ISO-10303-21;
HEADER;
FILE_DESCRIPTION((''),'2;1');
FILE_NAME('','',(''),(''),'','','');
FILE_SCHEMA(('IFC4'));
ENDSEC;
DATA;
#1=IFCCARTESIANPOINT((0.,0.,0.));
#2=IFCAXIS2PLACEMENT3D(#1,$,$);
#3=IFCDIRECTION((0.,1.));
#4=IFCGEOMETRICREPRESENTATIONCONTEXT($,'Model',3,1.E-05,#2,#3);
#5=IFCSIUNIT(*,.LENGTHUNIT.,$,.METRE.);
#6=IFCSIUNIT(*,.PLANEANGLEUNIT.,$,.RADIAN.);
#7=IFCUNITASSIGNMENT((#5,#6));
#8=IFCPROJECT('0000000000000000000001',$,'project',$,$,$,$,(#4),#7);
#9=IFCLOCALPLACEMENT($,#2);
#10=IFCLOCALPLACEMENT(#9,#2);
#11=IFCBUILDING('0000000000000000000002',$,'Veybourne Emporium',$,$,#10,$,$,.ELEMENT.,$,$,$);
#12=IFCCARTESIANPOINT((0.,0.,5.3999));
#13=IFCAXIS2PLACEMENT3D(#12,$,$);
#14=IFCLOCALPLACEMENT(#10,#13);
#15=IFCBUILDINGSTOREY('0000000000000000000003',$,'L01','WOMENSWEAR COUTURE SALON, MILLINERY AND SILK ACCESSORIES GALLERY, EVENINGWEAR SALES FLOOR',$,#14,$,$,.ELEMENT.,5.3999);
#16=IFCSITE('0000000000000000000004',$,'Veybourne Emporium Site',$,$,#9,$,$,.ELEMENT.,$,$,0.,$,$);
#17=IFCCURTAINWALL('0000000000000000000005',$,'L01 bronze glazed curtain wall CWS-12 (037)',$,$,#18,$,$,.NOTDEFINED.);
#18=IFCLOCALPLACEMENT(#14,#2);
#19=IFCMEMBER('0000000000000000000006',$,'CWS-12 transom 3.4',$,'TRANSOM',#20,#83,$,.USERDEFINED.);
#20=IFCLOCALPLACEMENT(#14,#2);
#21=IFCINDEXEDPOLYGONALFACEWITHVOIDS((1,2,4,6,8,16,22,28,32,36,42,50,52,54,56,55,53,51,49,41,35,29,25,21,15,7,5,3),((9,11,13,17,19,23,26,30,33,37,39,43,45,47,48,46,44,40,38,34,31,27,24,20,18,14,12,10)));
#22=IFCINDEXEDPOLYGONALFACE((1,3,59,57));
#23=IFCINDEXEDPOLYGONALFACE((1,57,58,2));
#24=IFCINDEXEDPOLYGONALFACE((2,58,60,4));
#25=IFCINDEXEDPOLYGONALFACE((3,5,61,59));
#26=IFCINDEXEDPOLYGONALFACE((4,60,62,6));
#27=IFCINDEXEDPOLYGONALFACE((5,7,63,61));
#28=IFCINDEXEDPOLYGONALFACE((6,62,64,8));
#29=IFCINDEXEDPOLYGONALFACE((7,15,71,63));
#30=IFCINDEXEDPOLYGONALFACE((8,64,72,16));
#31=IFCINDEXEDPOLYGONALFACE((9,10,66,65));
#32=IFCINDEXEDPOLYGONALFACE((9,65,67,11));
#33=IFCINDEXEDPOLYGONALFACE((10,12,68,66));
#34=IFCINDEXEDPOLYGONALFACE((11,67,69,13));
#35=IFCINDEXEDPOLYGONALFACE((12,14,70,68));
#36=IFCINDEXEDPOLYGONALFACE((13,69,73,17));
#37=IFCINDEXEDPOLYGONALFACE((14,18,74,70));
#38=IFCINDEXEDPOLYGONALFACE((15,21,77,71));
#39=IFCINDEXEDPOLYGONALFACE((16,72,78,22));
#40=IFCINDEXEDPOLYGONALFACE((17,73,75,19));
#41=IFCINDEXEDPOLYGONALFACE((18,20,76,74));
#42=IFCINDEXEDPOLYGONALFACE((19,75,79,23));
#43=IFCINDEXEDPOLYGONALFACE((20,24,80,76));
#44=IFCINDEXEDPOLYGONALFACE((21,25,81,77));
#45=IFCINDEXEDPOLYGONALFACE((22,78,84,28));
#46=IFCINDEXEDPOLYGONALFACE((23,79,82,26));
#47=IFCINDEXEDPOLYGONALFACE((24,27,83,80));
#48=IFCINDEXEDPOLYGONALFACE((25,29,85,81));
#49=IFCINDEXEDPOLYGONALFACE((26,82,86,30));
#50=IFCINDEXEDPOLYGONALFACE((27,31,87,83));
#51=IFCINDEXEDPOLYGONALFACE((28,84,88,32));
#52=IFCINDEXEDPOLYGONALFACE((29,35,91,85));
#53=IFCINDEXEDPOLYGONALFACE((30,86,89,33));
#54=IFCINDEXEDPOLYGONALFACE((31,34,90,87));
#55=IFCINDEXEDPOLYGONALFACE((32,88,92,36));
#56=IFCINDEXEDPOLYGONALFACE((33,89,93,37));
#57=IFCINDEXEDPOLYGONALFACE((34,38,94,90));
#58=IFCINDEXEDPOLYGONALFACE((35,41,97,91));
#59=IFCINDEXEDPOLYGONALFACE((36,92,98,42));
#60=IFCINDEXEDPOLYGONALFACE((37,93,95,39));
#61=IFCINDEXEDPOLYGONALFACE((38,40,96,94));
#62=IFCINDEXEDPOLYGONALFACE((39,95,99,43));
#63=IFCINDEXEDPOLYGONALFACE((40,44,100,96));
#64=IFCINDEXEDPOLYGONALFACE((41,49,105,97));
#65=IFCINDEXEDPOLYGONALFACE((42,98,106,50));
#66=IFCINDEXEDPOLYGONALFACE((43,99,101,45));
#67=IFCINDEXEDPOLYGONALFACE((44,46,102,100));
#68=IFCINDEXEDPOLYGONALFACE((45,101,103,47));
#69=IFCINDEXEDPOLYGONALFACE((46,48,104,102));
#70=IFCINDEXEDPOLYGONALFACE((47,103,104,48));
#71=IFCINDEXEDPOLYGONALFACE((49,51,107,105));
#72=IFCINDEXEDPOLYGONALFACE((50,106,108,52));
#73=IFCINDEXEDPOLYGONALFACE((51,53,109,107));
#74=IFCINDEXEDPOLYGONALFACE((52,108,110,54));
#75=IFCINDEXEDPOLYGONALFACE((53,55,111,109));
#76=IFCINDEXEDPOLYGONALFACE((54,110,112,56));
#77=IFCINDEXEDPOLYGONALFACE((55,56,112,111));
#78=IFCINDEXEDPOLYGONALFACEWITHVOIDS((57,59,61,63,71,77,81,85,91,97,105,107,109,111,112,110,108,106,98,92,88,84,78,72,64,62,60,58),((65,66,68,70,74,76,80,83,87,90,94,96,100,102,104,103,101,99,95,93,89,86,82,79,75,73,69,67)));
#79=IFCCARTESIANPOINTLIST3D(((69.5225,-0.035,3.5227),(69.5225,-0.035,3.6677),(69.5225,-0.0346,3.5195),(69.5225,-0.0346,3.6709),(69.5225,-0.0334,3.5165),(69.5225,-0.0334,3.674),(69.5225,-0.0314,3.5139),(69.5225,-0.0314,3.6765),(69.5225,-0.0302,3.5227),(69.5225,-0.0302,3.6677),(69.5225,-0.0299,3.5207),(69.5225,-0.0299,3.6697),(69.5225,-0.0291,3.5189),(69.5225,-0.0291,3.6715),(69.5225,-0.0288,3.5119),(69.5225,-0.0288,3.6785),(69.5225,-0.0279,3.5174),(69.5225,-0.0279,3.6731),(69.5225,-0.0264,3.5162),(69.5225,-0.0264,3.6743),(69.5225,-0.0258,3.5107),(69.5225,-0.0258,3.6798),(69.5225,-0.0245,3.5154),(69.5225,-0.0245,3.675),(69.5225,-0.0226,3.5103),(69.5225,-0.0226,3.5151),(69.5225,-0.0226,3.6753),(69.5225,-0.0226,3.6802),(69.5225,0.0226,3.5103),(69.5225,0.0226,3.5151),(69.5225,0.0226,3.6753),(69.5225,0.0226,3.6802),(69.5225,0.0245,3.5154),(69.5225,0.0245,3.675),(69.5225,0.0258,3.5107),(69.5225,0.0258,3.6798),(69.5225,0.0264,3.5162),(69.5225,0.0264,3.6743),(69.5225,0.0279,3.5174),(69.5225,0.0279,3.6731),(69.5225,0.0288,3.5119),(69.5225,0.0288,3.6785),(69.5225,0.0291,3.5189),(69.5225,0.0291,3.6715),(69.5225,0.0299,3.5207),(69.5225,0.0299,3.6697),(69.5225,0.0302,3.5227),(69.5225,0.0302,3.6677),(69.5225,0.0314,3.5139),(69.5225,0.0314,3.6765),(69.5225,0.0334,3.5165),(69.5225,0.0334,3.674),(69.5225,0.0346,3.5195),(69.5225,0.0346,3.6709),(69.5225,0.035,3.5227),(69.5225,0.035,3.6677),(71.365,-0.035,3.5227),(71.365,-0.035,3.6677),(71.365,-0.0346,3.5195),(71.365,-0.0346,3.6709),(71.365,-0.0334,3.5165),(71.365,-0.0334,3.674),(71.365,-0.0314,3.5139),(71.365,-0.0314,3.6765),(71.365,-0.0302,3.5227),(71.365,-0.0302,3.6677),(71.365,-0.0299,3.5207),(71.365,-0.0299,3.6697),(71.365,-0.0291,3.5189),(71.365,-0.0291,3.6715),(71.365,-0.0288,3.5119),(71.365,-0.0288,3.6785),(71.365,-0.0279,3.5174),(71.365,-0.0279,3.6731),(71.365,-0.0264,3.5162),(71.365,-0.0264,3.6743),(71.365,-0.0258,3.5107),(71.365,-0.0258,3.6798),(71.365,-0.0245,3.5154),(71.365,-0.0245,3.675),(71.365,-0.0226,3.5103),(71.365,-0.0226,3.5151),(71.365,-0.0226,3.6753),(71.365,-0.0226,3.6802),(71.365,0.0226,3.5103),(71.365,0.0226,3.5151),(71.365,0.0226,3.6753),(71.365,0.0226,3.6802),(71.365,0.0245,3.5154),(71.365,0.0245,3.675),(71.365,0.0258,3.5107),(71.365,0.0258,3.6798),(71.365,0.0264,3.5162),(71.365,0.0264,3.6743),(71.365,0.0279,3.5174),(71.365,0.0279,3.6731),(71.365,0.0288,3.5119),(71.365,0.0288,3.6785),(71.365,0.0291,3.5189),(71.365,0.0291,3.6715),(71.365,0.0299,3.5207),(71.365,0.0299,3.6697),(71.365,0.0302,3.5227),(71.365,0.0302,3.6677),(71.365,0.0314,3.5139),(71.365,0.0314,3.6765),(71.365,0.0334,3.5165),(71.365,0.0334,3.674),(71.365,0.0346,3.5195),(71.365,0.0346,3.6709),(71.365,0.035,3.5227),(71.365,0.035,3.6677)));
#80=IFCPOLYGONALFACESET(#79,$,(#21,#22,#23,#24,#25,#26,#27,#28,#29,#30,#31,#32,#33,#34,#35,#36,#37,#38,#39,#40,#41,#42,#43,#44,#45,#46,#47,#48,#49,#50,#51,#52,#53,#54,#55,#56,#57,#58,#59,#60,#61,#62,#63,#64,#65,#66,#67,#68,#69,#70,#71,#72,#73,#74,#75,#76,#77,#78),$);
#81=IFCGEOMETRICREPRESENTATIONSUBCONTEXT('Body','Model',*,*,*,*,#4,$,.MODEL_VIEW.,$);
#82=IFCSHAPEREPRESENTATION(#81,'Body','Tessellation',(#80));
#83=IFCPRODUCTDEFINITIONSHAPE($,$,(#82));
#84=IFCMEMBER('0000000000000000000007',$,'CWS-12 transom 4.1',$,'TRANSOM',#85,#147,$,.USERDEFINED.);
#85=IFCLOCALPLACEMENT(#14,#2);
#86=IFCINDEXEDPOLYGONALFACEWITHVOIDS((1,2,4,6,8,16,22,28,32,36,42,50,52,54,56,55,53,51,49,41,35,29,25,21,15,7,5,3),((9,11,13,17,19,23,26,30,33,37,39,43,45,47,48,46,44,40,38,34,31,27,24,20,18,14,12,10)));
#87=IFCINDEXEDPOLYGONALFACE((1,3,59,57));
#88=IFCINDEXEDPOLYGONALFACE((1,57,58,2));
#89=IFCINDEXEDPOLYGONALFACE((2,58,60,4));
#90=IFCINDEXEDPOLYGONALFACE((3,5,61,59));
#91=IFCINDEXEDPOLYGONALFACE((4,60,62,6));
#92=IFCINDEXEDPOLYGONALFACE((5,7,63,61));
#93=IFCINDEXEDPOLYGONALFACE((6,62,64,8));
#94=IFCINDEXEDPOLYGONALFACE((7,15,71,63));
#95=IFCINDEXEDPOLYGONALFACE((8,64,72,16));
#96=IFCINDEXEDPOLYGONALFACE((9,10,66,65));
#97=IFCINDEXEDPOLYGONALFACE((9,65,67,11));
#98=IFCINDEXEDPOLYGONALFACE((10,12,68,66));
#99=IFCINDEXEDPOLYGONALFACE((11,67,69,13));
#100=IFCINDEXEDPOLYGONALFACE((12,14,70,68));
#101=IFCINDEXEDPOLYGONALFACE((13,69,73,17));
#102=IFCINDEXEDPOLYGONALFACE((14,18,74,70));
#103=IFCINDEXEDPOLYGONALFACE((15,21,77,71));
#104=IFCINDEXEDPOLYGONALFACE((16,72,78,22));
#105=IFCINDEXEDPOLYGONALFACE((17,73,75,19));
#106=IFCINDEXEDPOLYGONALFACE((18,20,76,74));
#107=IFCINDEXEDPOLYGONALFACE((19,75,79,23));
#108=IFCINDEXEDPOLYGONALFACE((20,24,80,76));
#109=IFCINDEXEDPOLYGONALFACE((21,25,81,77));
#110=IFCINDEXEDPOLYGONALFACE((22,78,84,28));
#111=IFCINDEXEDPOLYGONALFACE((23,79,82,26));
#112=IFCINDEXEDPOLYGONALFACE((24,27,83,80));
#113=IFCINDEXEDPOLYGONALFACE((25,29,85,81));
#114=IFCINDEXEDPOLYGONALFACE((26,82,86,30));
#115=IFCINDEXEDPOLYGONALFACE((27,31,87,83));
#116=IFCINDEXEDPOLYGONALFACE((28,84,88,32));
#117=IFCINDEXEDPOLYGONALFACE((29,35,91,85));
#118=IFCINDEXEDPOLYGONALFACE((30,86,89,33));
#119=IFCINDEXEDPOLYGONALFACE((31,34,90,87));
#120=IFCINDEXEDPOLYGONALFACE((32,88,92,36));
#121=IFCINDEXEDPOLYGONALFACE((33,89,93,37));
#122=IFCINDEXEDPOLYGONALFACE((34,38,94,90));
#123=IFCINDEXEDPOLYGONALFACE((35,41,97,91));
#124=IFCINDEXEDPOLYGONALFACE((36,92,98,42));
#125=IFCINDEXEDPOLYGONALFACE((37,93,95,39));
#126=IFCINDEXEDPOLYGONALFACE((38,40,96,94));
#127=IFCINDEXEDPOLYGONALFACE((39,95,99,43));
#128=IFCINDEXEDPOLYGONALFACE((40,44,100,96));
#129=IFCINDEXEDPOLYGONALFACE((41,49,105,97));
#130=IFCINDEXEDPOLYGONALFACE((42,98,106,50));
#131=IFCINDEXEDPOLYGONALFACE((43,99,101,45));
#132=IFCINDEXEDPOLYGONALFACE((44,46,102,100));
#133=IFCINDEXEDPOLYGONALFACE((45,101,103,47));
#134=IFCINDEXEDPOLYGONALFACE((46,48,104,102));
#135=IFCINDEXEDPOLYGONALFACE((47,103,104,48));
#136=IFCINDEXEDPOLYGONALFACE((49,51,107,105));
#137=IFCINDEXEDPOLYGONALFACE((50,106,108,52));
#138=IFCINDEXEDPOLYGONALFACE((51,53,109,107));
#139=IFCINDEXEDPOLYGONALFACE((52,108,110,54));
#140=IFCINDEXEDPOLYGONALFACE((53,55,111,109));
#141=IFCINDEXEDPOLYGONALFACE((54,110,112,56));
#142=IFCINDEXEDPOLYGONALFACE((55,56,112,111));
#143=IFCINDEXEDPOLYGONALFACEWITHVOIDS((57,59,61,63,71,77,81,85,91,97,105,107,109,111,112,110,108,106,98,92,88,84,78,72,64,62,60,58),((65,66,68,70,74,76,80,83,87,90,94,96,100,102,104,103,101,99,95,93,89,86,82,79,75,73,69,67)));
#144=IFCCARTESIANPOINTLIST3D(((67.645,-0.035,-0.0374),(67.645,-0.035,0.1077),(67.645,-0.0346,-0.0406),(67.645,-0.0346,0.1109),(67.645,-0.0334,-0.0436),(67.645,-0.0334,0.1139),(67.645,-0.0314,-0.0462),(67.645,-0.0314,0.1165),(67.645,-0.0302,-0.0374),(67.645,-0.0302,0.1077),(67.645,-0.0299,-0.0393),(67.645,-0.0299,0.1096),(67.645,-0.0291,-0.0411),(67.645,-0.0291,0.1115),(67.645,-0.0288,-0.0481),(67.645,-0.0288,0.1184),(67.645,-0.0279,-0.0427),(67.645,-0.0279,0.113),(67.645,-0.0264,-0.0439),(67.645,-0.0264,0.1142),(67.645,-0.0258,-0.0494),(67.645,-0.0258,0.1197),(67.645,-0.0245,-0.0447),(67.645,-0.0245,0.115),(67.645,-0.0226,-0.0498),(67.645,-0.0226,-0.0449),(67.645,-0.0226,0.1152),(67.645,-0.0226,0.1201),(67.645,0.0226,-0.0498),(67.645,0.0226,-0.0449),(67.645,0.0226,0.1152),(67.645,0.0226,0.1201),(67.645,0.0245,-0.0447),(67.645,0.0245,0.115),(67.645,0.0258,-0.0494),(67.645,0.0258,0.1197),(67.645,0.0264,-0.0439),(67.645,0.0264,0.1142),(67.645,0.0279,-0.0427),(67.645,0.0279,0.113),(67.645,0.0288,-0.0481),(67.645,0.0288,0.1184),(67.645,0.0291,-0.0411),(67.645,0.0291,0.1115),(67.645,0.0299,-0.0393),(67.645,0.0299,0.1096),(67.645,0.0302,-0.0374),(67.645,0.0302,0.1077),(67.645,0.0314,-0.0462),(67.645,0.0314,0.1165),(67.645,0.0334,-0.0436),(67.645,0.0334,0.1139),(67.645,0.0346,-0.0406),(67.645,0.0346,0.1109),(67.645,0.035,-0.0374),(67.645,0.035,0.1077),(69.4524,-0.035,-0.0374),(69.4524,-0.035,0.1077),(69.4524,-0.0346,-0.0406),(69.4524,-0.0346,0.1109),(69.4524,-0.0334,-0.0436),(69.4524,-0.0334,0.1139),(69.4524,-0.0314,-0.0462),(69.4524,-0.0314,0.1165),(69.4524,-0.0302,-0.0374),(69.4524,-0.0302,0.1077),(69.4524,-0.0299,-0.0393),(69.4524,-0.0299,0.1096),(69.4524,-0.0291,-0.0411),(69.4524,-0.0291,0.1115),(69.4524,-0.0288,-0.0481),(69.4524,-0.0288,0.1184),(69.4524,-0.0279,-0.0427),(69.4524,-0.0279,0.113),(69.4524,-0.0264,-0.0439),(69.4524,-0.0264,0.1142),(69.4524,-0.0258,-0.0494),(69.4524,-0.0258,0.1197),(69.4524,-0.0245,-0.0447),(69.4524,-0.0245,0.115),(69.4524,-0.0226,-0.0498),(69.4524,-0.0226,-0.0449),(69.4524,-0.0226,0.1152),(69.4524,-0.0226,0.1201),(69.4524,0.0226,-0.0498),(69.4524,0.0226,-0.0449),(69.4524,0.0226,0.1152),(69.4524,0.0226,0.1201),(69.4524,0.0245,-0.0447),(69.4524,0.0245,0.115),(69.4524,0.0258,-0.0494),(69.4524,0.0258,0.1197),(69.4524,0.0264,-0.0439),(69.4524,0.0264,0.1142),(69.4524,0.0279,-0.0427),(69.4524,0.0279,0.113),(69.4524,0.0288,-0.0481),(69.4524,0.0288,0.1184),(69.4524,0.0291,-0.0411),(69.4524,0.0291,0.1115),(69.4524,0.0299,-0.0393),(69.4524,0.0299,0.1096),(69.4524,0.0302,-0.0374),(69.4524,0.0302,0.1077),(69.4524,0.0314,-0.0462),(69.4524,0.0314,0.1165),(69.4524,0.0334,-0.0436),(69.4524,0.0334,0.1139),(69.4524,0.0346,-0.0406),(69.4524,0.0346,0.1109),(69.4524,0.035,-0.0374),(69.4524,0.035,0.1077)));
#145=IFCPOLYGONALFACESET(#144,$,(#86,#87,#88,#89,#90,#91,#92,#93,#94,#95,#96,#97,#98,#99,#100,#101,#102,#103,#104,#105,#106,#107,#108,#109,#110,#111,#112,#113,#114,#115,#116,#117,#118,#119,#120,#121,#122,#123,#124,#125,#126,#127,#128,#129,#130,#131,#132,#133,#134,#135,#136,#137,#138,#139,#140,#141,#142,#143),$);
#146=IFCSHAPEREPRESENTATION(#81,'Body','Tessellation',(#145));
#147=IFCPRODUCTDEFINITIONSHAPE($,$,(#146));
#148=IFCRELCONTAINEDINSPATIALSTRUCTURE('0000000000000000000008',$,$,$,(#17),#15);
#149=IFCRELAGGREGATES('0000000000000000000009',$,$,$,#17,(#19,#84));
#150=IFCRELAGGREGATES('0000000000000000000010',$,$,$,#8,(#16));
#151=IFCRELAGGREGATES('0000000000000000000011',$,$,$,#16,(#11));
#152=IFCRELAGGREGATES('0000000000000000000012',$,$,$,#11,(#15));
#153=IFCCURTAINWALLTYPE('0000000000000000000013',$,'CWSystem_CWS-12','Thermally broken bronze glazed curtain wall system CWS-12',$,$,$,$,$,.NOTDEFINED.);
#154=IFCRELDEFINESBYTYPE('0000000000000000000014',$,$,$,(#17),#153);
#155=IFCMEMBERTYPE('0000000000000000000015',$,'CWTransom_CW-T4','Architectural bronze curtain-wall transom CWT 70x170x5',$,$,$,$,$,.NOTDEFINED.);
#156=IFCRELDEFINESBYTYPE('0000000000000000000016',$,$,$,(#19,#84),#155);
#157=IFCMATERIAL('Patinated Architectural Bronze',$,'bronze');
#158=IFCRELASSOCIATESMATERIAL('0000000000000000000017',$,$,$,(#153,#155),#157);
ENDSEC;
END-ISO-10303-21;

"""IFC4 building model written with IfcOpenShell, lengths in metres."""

from ifc_helpers import new_model, si_unit, direction, frame, origin, origin_2d, place, context, subcontext, project, spatial, hollow_rectangle, extrude, material, material_profile, profile_set, type_object, element, aggregate, save


model = new_model("IFC4")

# Units and contexts
model_context = context("Model", 3, precision=1e-05, world=origin(), true_north=direction((0.0, 1.0)))
body_context = subcontext(model_context, "Body", "Model", "MODEL_VIEW")
ifc_project = project(units=[si_unit("LENGTHUNIT", "METRE"), si_unit("PLANEANGLEUNIT", "RADIAN")], contexts=[model_context])

# Site, building, storey
site_placement = place(None, origin())
site = spatial("IfcSite", under=ifc_project, at=site_placement, Name="Veybourne Emporium Site", CompositionType="ELEMENT", RefElevation=0.0)
building_placement = place(site_placement, origin())
building = spatial("IfcBuilding", under=site, at=building_placement, Name="Veybourne Emporium", CompositionType="ELEMENT")
storey_placement = place(building_placement, frame((0.0, 0.0, 5.3999)))
storey = spatial("IfcBuildingStorey", under=building, at=storey_placement, Name="L01", Description="WOMENSWEAR COUTURE SALON, MILLINERY AND SILK ACCESSORIES GALLERY, EVENINGWEAR SALES FLOOR", CompositionType="ELEMENT", Elevation=5.3999)

# Curtain wall, members
ifc_material_1 = material(Name="Patinated Architectural Bronze", Category="bronze")
curtain_wall_type = type_object("IfcCurtainWallType", Name="CWSystem_CWS-12", Description="Thermally broken bronze glazed curtain wall system CWS-12", PredefinedType="NOTDEFINED", material=ifc_material_1)
curtain_wall_placement = place(storey_placement, origin())
curtain_wall = element("IfcCurtainWall", 1, at=curtain_wall_placement, inside=storey, type_object=curtain_wall_type, Name="L01 bronze glazed curtain wall CWS-12 (037)", PredefinedType="NOTDEFINED")
ifc_material_profile_1 = material_profile(ifc_material_1, hollow_rectangle(XDim=0.0701, YDim=0.1699, WallThickness=0.0049, InnerFilletRadius=0.0076, OuterFilletRadius=0.0125, at=origin_2d()), Name="CWT 70x170x5")
ifc_profile_set_1 = profile_set([ifc_material_profile_1], Name="Patinated Architectural Bronze")
member_type_1 = type_object("IfcMemberType", Name="CWTransom_CW-T4", Description="Architectural bronze curtain-wall transom CWT 70x170x5", PredefinedType="NOTDEFINED", material=ifc_profile_set_1)
member_1_placement = place(storey_placement, frame((71.365, 0.0, 3.5952), z_axis=(-1.0, 0.0, 0.0), x_axis=(0.0, -1.0, 0.0)))
member_1 = element("IfcMember", 2, at=member_1_placement, type_object=member_type_1, Name="CWS-12 transom 3.4", ObjectType="TRANSOM", PredefinedType="USERDEFINED", context=body_context, shape_type="SweptSolid", body=[
    extrude(hollow_rectangle(XDim=0.0701, YDim=0.1699, WallThickness=0.0049, InnerFilletRadius=0.0076, OuterFilletRadius=0.0125, at=origin_2d()), origin(), (0.0, 0.0, 1.0), 1.8425),
])
member_2_placement = place(storey_placement, frame((69.4524, 0.0, 0.0352), z_axis=(-1.0, 0.0, 0.0), x_axis=(0.0, -1.0, 0.0)))
member_2 = element("IfcMember", 3, at=member_2_placement, type_object=member_type_1, Name="CWS-12 transom 4.1", ObjectType="TRANSOM", PredefinedType="USERDEFINED", context=body_context, shape_type="SweptSolid", body=[
    extrude(hollow_rectangle(XDim=0.0701, YDim=0.1699, WallThickness=0.0049, InnerFilletRadius=0.0076, OuterFilletRadius=0.0125, at=origin_2d()), origin(), (0.0, 0.0, 1.0), 1.8074),
])

aggregate(curtain_wall, [member_1, member_2])

save(model, "model.ifc")
